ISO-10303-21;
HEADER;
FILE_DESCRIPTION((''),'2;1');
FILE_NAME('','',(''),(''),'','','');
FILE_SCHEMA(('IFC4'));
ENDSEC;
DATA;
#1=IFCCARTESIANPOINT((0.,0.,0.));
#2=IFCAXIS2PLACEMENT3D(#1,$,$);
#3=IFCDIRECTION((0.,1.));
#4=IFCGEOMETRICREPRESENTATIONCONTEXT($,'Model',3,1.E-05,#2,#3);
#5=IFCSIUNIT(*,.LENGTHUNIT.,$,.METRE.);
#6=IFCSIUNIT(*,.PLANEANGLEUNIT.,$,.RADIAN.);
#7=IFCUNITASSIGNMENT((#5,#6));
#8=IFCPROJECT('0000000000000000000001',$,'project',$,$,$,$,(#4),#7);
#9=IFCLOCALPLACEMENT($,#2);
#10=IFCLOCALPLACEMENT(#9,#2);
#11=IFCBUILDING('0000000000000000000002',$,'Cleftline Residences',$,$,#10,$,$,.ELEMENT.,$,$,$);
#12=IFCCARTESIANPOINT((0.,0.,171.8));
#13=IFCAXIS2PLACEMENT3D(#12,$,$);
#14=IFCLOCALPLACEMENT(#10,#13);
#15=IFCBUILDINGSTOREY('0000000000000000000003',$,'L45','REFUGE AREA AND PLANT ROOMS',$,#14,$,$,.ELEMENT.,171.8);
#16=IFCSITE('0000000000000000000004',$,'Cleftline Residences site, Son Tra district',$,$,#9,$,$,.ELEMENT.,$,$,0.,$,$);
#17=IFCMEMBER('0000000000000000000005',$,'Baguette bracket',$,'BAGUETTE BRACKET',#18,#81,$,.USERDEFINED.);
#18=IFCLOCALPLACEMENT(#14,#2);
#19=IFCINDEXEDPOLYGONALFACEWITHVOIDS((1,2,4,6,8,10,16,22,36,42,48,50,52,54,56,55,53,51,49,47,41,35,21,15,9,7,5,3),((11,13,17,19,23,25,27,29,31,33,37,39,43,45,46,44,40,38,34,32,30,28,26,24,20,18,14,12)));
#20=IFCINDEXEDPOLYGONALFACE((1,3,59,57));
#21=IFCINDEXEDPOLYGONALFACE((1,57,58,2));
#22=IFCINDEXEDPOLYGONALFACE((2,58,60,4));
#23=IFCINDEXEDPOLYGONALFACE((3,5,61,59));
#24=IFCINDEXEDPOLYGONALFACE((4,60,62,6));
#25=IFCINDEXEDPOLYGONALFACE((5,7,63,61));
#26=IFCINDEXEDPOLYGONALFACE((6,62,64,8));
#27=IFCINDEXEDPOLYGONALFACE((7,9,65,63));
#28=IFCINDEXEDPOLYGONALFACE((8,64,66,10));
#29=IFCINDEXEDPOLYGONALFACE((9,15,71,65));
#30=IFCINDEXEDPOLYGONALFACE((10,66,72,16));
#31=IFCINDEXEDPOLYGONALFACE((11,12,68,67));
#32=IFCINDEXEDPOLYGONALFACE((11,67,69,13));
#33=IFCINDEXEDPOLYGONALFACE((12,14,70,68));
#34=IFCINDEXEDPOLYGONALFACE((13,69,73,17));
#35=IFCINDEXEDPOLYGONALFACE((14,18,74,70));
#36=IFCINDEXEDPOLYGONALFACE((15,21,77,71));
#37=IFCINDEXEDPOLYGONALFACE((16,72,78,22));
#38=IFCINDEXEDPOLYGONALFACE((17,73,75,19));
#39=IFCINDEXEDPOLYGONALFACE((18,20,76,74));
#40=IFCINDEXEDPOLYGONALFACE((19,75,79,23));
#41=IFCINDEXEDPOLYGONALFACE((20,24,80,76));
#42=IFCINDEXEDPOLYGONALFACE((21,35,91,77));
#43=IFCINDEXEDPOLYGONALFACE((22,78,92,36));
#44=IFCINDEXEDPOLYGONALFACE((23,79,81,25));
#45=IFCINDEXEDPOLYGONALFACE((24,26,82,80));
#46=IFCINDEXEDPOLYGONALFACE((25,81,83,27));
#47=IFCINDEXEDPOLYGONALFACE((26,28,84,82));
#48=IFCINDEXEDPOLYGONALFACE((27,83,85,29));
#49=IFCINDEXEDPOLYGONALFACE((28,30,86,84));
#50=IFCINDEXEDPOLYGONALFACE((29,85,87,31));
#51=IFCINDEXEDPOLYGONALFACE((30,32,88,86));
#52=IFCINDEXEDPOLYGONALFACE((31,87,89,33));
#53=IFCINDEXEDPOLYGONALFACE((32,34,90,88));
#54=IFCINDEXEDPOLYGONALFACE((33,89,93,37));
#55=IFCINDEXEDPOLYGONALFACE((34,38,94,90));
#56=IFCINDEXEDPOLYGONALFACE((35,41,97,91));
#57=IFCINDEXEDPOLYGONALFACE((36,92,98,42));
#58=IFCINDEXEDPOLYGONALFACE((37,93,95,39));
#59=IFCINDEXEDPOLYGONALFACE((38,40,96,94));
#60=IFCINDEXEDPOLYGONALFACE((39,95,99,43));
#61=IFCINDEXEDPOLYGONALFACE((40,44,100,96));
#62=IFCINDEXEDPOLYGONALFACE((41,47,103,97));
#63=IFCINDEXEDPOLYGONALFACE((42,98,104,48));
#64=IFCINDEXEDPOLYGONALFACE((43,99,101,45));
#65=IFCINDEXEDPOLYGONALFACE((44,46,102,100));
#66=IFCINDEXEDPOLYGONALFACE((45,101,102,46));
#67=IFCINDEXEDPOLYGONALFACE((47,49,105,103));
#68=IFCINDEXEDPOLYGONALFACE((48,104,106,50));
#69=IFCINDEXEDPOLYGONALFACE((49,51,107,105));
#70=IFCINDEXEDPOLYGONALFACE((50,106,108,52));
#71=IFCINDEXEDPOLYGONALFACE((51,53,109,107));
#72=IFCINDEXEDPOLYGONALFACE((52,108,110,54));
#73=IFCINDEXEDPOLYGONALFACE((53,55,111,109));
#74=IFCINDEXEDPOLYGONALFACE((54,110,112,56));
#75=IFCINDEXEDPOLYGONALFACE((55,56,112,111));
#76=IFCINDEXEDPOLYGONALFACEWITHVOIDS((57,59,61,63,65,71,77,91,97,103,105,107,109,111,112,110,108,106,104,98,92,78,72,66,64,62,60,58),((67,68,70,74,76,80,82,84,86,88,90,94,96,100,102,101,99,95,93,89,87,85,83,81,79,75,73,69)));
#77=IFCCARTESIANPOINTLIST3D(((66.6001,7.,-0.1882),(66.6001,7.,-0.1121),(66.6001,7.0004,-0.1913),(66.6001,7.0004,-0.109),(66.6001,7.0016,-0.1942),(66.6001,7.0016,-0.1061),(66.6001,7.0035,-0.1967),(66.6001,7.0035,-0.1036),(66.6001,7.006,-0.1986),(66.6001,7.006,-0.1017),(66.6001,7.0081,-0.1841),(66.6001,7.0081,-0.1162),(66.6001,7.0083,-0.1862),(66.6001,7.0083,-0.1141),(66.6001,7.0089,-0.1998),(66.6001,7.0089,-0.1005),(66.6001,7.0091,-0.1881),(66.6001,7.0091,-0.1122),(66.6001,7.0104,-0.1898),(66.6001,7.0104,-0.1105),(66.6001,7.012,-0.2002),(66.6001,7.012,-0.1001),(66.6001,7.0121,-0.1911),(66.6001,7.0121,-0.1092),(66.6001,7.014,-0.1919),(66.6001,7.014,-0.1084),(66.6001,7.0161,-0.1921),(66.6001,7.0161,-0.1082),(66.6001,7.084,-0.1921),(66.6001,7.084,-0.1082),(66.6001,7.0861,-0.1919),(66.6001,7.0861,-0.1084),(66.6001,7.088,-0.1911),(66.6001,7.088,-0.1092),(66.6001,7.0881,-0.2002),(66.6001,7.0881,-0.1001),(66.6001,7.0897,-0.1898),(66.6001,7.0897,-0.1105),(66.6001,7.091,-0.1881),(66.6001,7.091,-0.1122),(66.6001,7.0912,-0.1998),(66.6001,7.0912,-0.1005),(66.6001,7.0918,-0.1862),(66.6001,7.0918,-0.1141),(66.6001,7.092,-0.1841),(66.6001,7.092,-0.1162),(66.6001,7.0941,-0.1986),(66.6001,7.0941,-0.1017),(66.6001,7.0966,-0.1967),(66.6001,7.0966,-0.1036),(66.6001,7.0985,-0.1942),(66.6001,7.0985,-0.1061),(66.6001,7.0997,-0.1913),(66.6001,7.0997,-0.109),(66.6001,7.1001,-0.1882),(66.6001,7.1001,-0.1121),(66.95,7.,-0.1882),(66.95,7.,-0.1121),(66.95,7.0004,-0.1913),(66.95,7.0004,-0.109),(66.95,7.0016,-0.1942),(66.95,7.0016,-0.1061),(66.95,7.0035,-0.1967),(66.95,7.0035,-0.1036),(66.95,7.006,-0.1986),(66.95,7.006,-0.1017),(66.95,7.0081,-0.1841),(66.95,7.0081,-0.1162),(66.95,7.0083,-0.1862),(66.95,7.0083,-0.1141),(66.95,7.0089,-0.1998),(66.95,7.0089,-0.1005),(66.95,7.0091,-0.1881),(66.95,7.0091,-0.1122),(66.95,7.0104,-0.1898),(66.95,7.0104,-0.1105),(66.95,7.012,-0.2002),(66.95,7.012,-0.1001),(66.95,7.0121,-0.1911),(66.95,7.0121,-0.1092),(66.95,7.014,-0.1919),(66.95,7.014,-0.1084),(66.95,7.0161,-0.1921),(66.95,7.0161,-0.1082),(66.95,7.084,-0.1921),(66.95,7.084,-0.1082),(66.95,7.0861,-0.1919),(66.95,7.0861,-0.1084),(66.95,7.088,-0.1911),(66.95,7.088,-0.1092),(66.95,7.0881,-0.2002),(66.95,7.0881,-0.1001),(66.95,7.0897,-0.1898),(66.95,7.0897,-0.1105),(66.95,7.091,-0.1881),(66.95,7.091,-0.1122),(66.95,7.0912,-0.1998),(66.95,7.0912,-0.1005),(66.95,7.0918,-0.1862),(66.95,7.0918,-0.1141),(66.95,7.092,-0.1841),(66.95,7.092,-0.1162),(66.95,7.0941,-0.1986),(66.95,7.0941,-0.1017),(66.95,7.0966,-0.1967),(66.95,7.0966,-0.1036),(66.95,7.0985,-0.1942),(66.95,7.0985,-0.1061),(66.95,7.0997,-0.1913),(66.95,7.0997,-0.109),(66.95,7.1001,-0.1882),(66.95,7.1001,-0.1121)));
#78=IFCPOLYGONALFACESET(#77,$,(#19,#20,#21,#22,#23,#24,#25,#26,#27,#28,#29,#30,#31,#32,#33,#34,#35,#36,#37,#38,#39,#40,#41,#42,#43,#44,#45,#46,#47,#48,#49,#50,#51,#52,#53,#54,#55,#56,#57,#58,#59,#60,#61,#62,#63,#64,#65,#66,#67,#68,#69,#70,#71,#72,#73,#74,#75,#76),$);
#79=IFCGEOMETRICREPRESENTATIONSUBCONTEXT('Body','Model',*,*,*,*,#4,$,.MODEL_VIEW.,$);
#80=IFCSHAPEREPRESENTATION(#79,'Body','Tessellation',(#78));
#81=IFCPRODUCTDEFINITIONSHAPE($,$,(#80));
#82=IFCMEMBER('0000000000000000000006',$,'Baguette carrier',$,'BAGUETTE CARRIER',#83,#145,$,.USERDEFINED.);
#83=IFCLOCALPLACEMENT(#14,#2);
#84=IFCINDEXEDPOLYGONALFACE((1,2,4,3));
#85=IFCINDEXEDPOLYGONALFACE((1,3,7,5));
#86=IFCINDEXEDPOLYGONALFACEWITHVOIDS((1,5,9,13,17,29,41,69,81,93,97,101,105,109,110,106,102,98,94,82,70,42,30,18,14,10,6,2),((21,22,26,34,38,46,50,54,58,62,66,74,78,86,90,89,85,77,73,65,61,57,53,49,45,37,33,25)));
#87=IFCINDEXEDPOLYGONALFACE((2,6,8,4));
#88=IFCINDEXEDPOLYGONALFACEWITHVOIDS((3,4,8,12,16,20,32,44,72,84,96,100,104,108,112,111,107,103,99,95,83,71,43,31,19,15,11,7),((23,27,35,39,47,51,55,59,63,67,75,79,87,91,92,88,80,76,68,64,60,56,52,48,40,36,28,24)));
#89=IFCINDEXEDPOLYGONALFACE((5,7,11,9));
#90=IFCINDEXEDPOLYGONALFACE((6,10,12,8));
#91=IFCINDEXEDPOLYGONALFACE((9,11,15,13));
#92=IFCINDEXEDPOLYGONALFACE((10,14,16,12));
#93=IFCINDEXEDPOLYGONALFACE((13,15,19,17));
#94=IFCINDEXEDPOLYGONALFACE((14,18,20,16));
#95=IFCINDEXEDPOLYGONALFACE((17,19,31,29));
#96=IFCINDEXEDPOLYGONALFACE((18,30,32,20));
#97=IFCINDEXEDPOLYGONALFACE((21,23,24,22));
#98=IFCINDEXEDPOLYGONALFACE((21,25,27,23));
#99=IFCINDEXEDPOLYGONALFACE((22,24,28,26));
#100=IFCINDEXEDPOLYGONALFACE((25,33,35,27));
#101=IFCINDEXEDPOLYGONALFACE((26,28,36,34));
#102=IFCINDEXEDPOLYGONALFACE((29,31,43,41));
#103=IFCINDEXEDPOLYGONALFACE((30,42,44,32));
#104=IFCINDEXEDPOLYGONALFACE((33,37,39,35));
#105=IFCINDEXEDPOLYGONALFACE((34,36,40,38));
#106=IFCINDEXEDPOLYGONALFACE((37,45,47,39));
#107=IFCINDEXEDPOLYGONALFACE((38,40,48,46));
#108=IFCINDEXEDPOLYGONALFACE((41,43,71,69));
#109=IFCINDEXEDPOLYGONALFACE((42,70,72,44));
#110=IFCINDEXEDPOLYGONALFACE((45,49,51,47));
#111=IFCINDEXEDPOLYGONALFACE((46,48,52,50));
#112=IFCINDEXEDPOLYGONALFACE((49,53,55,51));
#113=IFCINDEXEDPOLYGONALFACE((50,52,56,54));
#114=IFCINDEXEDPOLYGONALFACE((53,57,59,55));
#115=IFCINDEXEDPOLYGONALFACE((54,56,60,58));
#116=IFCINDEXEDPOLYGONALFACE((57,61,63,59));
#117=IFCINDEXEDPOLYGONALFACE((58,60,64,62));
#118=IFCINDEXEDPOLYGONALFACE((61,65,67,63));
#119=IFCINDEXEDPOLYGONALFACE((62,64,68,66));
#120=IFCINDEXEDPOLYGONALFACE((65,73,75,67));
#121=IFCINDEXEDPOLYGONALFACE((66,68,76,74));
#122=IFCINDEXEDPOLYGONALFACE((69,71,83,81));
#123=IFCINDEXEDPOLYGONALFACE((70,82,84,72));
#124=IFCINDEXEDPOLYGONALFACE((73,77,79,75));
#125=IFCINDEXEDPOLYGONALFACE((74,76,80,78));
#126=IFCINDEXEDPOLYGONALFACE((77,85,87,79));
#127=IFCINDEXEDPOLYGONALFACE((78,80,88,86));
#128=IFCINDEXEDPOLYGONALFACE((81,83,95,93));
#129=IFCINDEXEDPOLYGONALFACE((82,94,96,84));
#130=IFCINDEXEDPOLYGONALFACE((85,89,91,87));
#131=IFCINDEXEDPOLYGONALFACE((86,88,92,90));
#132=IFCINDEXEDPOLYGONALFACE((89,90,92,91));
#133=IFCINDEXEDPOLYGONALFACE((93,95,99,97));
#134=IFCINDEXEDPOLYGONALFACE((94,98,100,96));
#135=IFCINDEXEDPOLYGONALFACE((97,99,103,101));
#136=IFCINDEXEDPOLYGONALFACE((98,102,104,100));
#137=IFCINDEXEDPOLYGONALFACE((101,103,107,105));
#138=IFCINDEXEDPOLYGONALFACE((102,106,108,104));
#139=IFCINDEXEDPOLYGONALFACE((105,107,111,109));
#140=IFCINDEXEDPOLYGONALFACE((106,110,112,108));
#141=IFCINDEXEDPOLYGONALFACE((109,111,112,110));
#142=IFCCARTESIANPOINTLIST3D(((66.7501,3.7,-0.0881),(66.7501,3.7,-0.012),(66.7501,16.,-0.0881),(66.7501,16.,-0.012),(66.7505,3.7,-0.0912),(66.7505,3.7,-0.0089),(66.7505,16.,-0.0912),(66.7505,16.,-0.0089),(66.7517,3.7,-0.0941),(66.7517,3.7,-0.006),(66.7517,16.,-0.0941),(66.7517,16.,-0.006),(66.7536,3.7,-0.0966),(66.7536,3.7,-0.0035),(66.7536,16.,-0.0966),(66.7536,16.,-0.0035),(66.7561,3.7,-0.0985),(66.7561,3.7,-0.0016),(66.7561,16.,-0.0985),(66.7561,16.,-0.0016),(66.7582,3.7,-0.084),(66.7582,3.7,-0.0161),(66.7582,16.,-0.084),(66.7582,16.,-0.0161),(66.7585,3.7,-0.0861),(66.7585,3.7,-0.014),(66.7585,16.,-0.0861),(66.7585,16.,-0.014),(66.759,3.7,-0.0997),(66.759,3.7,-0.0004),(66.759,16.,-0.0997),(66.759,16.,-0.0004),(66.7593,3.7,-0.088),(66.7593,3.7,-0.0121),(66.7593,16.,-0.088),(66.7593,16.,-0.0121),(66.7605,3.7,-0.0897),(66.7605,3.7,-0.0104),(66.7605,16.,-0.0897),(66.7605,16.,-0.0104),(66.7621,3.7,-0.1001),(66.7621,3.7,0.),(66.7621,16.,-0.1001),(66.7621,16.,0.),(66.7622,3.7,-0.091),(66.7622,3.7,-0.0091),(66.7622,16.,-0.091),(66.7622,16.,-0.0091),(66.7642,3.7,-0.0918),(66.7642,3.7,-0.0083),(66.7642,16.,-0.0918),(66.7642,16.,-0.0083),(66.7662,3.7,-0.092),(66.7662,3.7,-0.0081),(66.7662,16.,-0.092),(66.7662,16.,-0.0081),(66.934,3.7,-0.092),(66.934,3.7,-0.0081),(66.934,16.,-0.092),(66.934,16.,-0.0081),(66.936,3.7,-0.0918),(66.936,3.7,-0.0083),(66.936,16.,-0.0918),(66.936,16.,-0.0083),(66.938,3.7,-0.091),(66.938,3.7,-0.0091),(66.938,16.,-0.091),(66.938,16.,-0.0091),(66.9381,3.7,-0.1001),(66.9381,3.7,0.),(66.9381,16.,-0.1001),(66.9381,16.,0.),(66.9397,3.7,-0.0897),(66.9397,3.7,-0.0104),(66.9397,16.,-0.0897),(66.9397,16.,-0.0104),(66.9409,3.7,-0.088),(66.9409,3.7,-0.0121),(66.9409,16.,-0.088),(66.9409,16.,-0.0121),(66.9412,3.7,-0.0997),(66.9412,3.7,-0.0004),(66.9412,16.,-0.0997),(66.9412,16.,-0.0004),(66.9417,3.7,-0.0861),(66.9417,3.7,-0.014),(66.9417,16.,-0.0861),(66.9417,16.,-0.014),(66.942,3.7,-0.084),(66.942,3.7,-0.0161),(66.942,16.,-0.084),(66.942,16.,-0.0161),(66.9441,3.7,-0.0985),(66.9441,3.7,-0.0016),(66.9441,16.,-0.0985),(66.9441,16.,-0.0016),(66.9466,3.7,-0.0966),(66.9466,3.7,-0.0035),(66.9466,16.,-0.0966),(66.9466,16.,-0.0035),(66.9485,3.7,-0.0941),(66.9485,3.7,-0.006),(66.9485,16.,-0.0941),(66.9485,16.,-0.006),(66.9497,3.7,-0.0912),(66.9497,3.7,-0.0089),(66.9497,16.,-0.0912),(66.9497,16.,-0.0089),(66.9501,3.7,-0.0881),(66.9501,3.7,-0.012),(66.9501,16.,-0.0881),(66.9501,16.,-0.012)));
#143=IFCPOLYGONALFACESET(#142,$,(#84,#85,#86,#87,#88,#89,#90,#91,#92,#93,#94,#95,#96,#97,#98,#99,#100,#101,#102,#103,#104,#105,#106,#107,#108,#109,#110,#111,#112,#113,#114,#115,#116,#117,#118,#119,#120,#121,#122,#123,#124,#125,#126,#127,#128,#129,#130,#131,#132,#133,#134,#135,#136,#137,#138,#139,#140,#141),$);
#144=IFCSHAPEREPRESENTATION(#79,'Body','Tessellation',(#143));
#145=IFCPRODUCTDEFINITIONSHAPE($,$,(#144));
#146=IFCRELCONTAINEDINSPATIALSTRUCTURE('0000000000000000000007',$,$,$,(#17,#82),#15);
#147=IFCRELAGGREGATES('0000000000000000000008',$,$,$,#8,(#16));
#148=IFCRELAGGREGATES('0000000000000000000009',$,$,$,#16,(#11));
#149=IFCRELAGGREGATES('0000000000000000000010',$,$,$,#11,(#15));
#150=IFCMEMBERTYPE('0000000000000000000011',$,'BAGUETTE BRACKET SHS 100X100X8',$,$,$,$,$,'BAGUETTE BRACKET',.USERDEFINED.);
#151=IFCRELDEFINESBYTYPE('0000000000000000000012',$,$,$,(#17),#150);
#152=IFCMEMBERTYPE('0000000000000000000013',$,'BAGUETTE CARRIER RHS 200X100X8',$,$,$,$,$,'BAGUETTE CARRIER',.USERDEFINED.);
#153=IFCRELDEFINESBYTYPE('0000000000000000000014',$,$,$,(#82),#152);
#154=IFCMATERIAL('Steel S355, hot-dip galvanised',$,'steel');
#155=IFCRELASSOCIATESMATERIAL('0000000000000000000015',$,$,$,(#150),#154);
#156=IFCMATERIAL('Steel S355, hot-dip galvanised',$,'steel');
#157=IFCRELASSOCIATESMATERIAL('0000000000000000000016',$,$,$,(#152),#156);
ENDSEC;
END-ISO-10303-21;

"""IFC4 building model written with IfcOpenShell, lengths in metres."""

from ifc_helpers import new_model, si_unit, direction, frame, origin, origin_2d, place, context, subcontext, project, spatial, hollow_rectangle, extrude, material, material_profile, profile_set, type_object, element, save


model = new_model("IFC4")

# Units and contexts
model_context = context("Model", 3, precision=1e-05, world=origin(), true_north=direction((0.0, 1.0)))
body_context = subcontext(model_context, "Body", "Model", "MODEL_VIEW")
ifc_project = project(units=[si_unit("LENGTHUNIT", "METRE"), si_unit("PLANEANGLEUNIT", "RADIAN")], contexts=[model_context])

# Site, building, storey
site_placement = place(None, origin())
site = spatial("IfcSite", under=ifc_project, at=site_placement, Name="Cleftline Residences site, Son Tra district", CompositionType="ELEMENT", RefElevation=0.0)
building_placement = place(site_placement, origin())
building = spatial("IfcBuilding", under=site, at=building_placement, Name="Cleftline Residences", CompositionType="ELEMENT")
storey_placement = place(building_placement, frame((0.0, 0.0, 171.8)))
storey = spatial("IfcBuildingStorey", under=building, at=storey_placement, Name="L45", Description="REFUGE AREA AND PLANT ROOMS", CompositionType="ELEMENT", Elevation=171.8)

# Members
ifc_material_1 = material(Name="Steel S355, hot-dip galvanised", Category="steel")
ifc_material_profile_1 = material_profile(ifc_material_1, hollow_rectangle(XDim=0.1001, YDim=0.1001, WallThickness=0.0081, InnerFilletRadius=0.0081, OuterFilletRadius=0.012, at=origin_2d()))
ifc_profile_set_1 = profile_set([ifc_material_profile_1], Name="Steel S355, hot-dip galvanised")
member_type_1 = type_object("IfcMemberType", Name="BAGUETTE BRACKET SHS 100X100X8", ElementType="BAGUETTE BRACKET", PredefinedType="USERDEFINED", material=ifc_profile_set_1)
member_1_placement = place(storey_placement, frame((66.6001, 7.05, -0.1501), z_axis=(1.0, 0.0, 0.0), x_axis=(0.0, 1.0, 0.0)))
element("IfcMember", 1, at=member_1_placement, inside=storey, type_object=member_type_1, Name="Baguette bracket", ObjectType="BAGUETTE BRACKET", PredefinedType="USERDEFINED", context=body_context, shape_type="SweptSolid", body=[
    extrude(hollow_rectangle(XDim=0.1001, YDim=0.1001, WallThickness=0.0081, InnerFilletRadius=0.0081, OuterFilletRadius=0.012, at=origin_2d()), origin(), (0.0, 0.0, 1.0), 0.3499),
])
ifc_material_2 = material(Name="Steel S355, hot-dip galvanised", Category="steel")
ifc_material_profile_2 = material_profile(ifc_material_2, hollow_rectangle(XDim=0.1001, YDim=0.2, WallThickness=0.0081, InnerFilletRadius=0.0081, OuterFilletRadius=0.012, at=origin_2d()))
ifc_profile_set_2 = profile_set([ifc_material_profile_2], Name="Steel S355, hot-dip galvanised")
member_type_2 = type_object("IfcMemberType", Name="BAGUETTE CARRIER RHS 200X100X8", ElementType="BAGUETTE CARRIER", PredefinedType="USERDEFINED", material=ifc_profile_set_2)
member_2_placement = place(storey_placement, frame((66.8501, 3.7, -0.05), z_axis=(0.0, 1.0, 0.0), x_axis=(0.0, 0.0, 1.0)))
element("IfcMember", 2, at=member_2_placement, inside=storey, type_object=member_type_2, Name="Baguette carrier", ObjectType="BAGUETTE CARRIER", PredefinedType="USERDEFINED", context=body_context, shape_type="SweptSolid", body=[
    extrude(hollow_rectangle(XDim=0.1001, YDim=0.2, WallThickness=0.0081, InnerFilletRadius=0.0081, OuterFilletRadius=0.012, at=origin_2d()), origin(), (0.0, 0.0, 1.0), 12.3),
])

save(model, "model.ifc")
